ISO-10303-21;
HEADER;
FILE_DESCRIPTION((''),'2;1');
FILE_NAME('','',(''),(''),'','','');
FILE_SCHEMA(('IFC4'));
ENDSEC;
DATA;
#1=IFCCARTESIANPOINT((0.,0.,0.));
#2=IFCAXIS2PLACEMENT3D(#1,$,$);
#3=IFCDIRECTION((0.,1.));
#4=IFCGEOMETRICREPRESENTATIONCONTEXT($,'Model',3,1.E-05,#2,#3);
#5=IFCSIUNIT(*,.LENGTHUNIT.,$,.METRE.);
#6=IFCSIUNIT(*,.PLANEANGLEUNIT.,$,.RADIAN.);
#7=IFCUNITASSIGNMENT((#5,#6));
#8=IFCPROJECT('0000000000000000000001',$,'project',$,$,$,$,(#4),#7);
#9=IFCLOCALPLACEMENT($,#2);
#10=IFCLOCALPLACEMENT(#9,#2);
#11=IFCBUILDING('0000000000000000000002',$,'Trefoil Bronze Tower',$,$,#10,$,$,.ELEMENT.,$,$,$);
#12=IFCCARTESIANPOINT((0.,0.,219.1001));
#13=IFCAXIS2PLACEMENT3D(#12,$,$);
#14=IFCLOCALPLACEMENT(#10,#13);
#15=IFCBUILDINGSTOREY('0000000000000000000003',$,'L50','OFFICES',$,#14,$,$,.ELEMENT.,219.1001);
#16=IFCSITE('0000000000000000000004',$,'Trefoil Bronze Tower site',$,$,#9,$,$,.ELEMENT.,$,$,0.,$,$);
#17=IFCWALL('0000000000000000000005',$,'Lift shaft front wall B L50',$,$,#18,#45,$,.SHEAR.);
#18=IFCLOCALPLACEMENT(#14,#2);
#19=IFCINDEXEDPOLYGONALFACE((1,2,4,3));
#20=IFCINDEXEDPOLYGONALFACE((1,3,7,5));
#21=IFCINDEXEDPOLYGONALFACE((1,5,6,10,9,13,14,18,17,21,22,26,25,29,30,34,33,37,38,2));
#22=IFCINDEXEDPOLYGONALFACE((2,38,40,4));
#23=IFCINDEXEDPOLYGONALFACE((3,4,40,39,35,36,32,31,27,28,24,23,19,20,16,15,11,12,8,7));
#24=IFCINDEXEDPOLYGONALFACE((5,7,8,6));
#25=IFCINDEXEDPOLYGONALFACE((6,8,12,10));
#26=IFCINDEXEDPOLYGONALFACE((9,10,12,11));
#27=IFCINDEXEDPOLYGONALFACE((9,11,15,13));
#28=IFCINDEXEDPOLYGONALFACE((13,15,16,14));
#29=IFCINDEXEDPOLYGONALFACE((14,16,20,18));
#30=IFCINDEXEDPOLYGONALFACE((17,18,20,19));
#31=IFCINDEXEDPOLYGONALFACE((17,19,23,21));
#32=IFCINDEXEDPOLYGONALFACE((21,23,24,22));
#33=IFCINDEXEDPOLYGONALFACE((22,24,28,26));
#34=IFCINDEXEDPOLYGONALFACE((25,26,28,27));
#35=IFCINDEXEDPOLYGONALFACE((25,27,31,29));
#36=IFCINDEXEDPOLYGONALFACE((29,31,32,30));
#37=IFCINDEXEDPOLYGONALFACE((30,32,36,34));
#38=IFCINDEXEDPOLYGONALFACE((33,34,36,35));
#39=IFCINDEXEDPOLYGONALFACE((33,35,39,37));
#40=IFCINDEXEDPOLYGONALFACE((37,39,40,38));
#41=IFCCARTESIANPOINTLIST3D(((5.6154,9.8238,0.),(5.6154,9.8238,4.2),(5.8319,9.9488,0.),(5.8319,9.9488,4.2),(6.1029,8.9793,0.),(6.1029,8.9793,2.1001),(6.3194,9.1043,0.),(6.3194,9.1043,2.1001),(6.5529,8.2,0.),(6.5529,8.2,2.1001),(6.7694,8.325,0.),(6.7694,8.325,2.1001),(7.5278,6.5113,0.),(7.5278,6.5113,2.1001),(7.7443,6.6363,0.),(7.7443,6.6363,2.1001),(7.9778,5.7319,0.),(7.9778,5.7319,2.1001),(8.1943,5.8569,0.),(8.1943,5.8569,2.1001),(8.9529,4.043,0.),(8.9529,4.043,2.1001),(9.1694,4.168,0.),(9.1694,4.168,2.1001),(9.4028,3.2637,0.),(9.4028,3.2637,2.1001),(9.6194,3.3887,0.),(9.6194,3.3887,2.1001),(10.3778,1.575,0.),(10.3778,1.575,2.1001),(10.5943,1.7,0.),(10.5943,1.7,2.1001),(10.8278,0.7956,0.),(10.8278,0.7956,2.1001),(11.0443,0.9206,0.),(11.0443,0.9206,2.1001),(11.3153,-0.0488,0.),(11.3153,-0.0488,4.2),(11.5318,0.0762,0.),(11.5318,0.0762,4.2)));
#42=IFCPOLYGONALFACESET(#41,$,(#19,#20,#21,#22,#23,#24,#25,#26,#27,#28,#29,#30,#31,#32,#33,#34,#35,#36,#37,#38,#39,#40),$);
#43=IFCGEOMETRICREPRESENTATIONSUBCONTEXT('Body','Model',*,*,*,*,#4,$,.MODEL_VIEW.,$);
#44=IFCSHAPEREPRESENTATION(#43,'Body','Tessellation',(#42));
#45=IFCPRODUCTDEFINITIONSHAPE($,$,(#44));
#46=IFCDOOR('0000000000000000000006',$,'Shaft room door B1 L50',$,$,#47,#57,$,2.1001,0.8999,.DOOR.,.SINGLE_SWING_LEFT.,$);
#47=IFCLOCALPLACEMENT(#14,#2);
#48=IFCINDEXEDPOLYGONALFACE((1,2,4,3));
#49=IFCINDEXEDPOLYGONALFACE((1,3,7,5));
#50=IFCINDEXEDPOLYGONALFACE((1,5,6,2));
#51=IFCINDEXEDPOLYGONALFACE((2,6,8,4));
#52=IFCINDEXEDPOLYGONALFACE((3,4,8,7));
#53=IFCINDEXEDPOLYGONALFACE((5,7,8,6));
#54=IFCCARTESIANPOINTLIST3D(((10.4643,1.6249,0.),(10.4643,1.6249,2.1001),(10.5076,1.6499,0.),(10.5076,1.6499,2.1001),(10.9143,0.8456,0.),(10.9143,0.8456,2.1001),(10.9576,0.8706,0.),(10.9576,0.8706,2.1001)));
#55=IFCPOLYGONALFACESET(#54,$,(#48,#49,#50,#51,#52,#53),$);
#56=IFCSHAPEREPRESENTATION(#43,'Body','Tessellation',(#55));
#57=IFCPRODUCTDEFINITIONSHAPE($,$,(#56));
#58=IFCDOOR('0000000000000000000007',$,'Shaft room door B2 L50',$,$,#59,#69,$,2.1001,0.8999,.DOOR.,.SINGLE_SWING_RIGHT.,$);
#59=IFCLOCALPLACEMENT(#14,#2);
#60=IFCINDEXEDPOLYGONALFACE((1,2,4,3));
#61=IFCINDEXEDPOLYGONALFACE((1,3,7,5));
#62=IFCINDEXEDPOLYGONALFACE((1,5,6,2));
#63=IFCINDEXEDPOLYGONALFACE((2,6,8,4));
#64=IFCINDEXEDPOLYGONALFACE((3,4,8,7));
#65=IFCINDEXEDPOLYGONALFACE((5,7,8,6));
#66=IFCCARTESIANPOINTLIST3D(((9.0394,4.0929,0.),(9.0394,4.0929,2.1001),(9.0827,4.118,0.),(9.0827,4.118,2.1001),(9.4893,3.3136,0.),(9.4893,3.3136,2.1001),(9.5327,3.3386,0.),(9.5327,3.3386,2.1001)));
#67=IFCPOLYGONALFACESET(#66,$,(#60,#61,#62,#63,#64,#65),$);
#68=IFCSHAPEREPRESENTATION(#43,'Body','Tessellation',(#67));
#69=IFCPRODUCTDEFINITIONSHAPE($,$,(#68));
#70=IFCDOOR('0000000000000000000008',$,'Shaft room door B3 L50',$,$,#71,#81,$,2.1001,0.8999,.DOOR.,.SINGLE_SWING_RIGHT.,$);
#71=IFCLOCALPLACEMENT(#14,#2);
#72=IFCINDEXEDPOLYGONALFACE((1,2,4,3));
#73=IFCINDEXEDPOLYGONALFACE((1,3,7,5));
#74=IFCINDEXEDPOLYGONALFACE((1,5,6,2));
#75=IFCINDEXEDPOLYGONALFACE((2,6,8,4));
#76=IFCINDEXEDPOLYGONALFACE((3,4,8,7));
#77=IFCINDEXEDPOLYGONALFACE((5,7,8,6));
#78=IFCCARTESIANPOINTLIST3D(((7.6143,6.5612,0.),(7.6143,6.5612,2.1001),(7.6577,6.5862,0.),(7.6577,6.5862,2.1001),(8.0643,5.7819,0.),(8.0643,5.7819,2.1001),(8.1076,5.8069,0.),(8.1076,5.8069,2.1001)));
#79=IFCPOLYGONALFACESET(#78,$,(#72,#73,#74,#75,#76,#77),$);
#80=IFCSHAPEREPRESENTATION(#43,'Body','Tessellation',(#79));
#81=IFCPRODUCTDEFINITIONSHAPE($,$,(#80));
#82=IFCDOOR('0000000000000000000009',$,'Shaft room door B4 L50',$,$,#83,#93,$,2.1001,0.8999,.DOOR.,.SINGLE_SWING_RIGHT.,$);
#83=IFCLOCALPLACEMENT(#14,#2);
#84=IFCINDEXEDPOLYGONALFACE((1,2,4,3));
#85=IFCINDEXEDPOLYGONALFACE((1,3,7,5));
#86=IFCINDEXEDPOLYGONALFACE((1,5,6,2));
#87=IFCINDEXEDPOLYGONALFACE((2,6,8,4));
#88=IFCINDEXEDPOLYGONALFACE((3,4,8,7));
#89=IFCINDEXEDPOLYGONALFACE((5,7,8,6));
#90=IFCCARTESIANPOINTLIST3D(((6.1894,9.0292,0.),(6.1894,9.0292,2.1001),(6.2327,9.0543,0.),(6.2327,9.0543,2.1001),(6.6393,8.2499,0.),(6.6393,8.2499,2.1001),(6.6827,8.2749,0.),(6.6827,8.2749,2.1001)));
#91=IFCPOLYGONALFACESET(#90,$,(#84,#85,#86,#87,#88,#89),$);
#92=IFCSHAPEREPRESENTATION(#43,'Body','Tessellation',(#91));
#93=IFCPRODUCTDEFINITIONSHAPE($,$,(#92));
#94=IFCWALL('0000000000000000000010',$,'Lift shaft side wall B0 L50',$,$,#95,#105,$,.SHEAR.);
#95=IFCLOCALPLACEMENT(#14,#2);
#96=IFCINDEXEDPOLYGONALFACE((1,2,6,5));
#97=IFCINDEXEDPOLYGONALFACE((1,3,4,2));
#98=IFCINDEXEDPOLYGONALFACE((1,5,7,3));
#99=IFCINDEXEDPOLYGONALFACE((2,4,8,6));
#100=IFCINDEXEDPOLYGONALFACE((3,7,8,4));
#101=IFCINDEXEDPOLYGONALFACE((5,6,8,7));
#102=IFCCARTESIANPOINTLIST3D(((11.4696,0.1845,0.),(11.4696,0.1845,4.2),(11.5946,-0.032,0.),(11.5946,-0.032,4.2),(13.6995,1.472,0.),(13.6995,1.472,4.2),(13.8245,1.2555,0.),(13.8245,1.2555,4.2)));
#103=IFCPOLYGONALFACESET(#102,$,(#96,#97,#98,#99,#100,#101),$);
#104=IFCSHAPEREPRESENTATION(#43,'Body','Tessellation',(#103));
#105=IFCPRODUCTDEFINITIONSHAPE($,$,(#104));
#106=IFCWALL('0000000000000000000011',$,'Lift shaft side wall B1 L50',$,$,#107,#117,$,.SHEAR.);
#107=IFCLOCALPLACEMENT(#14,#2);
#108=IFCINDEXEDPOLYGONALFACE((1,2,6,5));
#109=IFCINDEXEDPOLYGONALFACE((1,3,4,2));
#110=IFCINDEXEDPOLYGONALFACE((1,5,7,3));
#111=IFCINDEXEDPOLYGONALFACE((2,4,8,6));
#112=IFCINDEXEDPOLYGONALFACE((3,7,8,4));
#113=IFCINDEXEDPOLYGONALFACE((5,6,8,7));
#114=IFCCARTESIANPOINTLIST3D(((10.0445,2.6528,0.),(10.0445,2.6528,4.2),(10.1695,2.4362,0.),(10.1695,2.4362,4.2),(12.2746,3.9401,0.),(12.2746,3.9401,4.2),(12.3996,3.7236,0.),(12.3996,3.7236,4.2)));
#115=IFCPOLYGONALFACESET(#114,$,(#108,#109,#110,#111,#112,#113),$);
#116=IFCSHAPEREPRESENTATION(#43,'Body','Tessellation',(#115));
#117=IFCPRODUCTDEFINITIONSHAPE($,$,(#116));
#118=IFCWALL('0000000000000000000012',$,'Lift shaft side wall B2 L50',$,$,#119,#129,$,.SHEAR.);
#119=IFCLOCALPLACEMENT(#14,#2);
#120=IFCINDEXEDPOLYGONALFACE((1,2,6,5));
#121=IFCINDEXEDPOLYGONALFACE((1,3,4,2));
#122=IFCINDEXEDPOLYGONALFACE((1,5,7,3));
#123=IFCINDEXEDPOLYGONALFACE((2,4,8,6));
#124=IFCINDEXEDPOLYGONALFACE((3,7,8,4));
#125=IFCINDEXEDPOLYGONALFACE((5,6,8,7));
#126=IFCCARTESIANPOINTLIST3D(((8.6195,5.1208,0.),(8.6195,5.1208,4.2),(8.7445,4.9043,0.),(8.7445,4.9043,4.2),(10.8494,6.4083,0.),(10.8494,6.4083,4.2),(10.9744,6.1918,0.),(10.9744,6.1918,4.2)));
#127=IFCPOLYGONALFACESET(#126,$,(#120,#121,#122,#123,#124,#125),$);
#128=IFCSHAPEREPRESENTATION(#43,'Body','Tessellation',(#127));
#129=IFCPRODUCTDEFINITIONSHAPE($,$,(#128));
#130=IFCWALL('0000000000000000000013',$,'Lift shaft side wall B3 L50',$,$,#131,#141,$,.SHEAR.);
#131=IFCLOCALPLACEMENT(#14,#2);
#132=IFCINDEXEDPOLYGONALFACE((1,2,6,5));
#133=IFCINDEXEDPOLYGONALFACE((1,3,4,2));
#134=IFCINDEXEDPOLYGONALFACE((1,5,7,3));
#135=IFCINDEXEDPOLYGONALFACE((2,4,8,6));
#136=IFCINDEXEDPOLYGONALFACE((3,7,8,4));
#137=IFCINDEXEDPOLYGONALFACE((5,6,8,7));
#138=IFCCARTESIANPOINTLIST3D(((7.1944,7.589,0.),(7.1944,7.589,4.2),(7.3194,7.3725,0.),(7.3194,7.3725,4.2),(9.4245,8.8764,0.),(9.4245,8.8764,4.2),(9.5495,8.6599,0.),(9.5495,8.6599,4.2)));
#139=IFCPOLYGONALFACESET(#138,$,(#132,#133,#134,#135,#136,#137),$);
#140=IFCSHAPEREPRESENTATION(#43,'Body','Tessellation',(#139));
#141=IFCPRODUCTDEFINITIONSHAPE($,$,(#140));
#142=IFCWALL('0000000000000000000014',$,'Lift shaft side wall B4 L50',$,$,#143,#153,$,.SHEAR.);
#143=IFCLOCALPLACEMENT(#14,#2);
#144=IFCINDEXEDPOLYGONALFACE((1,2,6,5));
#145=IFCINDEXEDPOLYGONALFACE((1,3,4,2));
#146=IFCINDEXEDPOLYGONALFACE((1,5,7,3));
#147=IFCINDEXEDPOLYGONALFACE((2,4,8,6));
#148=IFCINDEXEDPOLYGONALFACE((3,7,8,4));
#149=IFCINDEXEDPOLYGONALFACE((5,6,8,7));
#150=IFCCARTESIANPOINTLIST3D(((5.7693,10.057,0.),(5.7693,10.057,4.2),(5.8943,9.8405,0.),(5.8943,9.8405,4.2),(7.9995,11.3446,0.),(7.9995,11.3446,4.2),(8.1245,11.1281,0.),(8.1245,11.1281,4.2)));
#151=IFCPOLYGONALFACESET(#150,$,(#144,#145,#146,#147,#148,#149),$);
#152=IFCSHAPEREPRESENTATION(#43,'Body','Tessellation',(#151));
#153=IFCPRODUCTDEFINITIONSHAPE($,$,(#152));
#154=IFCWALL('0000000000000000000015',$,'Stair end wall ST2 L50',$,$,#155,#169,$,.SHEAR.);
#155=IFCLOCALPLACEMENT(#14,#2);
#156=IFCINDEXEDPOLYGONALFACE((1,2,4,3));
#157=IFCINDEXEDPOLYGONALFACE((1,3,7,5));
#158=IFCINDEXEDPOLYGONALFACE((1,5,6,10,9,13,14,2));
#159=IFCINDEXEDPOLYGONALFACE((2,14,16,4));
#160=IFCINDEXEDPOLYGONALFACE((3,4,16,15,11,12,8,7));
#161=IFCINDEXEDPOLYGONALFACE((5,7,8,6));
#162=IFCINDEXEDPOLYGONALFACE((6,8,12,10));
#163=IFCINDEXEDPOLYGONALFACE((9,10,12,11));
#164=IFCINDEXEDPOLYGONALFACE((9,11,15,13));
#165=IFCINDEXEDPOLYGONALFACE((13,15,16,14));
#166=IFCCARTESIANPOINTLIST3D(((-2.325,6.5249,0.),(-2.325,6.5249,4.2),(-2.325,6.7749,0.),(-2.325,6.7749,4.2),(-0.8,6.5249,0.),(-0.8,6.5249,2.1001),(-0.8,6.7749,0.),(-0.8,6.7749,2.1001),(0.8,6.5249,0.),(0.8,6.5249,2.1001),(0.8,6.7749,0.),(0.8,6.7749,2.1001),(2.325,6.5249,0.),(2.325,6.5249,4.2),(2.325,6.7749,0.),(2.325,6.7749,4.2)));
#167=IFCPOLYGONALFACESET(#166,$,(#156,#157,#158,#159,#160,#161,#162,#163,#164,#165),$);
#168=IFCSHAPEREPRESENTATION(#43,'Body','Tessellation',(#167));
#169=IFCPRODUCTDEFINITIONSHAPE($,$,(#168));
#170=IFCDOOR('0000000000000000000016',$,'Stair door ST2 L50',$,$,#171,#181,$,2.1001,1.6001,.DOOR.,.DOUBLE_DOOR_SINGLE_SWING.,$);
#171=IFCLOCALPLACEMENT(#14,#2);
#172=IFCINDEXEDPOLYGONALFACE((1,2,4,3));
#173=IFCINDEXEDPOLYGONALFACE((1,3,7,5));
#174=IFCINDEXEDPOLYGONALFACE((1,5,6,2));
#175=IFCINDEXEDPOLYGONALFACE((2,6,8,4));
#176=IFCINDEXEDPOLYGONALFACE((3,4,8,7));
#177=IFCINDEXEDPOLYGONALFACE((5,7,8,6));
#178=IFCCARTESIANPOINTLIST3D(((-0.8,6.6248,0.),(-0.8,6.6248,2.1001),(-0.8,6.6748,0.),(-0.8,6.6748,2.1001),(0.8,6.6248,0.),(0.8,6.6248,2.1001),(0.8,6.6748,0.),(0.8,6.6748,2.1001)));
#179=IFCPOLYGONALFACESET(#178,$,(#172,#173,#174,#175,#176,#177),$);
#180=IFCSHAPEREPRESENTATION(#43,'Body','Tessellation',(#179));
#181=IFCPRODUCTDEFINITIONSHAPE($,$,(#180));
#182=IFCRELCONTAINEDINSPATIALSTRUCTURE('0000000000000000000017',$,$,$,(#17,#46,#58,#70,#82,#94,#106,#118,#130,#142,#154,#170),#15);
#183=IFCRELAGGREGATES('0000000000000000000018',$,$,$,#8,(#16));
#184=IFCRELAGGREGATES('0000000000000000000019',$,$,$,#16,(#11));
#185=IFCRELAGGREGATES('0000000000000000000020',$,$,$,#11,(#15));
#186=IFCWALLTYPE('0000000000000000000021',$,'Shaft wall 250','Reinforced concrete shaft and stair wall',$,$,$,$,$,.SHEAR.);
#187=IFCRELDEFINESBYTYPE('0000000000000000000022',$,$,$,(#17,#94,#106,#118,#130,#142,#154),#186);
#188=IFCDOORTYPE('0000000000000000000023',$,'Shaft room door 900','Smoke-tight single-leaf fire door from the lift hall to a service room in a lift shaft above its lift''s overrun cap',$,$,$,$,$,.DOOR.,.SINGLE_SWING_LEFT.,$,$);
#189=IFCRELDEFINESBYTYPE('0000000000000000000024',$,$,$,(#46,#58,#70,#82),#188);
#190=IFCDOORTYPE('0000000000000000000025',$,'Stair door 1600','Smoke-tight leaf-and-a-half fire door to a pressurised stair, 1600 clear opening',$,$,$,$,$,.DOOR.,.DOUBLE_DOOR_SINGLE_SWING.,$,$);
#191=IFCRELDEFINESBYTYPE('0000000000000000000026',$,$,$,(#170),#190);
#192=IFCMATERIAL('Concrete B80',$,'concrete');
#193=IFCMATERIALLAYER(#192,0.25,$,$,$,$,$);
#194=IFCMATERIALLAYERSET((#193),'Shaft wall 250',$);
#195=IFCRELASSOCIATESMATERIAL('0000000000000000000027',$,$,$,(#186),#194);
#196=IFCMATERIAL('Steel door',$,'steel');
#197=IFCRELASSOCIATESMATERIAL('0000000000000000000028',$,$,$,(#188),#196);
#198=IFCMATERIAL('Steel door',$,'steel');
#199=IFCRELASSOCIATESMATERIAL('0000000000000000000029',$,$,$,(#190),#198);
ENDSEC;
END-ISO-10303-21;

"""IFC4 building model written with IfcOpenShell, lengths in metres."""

from ifc_helpers import new_model, si_unit, direction, frame, frame_2d, origin, place, context, subcontext, project, spatial, rectangle, extrude, material, layer, layer_set, type_object, element, fill, save


model = new_model("IFC4")

# Units and contexts
model_context = context("Model", 3, precision=1e-05, world=origin(), true_north=direction((0.0, 1.0)))
body_context = subcontext(model_context, "Body", "Model", "MODEL_VIEW")
ifc_project = project(units=[si_unit("LENGTHUNIT", "METRE"), si_unit("PLANEANGLEUNIT", "RADIAN")], contexts=[model_context])

# Site, building, storey
site_placement = place(None, origin())
site = spatial("IfcSite", under=ifc_project, at=site_placement, Name="Trefoil Bronze Tower site", CompositionType="ELEMENT", RefElevation=0.0)
building_placement = place(site_placement, origin())
building = spatial("IfcBuilding", under=site, at=building_placement, Name="Trefoil Bronze Tower", CompositionType="ELEMENT")
storey_placement = place(building_placement, frame((0.0, 0.0, 219.1001)))
storey = spatial("IfcBuildingStorey", under=building, at=storey_placement, Name="L50", Description="OFFICES", CompositionType="ELEMENT", Elevation=219.1001)

# Wall, openings, doors
ifc_material_1 = material(Name="Concrete B80", Category="concrete")
ifc_layer_1 = layer(ifc_material_1, 0.25)
ifc_layer_set_1 = layer_set([ifc_layer_1], Name="Shaft wall 250")
wall_type_1 = type_object("IfcWallType", Name="Shaft wall 250", Description="Reinforced concrete shaft and stair wall", PredefinedType="SHEAR", material=ifc_layer_set_1)
wall_1_placement = place(storey_placement, frame((11.4236, 0.0137, 0.0), z_axis=(0.0, 0.0, 1.0), x_axis=(-0.500002, 0.866024, 0.0)))
wall_1 = element("IfcWall", 1, at=wall_1_placement, inside=storey, type_object=wall_type_1, Name="Lift shaft front wall B L50", PredefinedType="SHEAR", context=body_context, shape_type="SweptSolid", body=[
    extrude(rectangle(XDim=11.3999, YDim=0.25, at=frame_2d((5.7, 0.0))), origin(), (0.0, 0.0, 1.0), 4.2),
])
opening_1_placement = place(wall_1_placement, frame((0.9751, 0.0, 0.0)))
opening_1 = element("IfcOpeningElement", 2, at=opening_1_placement, cuts=wall_1, PredefinedType="OPENING", context=body_context, shape_type="SweptSolid", body=[
    extrude(rectangle(XDim=0.8999, YDim=2.1001, at=frame_2d((0.45, 1.05))), frame((0.0, 0.135, 0.0), z_axis=(0.0, -1.0, 0.0), x_axis=(1.0, 0.0, 0.0)), (0.0, 0.0, 1.0), 0.27),
])
opening_2_placement = place(wall_1_placement, frame((3.825, 0.0, 0.0)))
opening_2 = element("IfcOpeningElement", 3, at=opening_2_placement, cuts=wall_1, PredefinedType="OPENING", context=body_context, shape_type="SweptSolid", body=[
    extrude(rectangle(XDim=0.8999, YDim=2.1001, at=frame_2d((0.45, 1.05))), frame((0.0, 0.135, 0.0), z_axis=(0.0, -1.0, 0.0), x_axis=(1.0, 0.0, 0.0)), (0.0, 0.0, 1.0), 0.27),
])
opening_3_placement = place(wall_1_placement, frame((6.675, 0.0, 0.0)))
opening_3 = element("IfcOpeningElement", 4, at=opening_3_placement, cuts=wall_1, PredefinedType="OPENING", context=body_context, shape_type="SweptSolid", body=[
    extrude(rectangle(XDim=0.8999, YDim=2.1001, at=frame_2d((0.45, 1.05))), frame((0.0, 0.135, 0.0), z_axis=(0.0, -1.0, 0.0), x_axis=(1.0, 0.0, 0.0)), (0.0, 0.0, 1.0), 0.27),
])
opening_4_placement = place(wall_1_placement, frame((9.5249, 0.0, 0.0)))
opening_4 = element("IfcOpeningElement", 5, at=opening_4_placement, cuts=wall_1, PredefinedType="OPENING", context=body_context, shape_type="SweptSolid", body=[
    extrude(rectangle(XDim=0.8999, YDim=2.1001, at=frame_2d((0.45, 1.05))), frame((0.0, 0.135, 0.0), z_axis=(0.0, -1.0, 0.0), x_axis=(1.0, 0.0, 0.0)), (0.0, 0.0, 1.0), 0.27),
])
ifc_material_2 = material(Name="Steel door", Category="steel")
door_type_1 = type_object("IfcDoorType", Name="Shaft room door 900", Description="Smoke-tight single-leaf fire door from the lift hall to a service room in a lift shaft above its lift's overrun cap", OperationType="SINGLE_SWING_LEFT", PredefinedType="DOOR", material=ifc_material_2)
door_1_placement = place(opening_1_placement, frame((0.8999, 0.0, 0.0), z_axis=(0.0, 0.0, 1.0), x_axis=(-1.0, 0.0, 0.0)))
door_1 = element("IfcDoor", 6, at=door_1_placement, inside=storey, type_object=door_type_1, Name="Shaft room door B1 L50", OperationType="SINGLE_SWING_LEFT", OverallHeight=2.1001, OverallWidth=0.8999, PredefinedType="DOOR", context=body_context, shape_type="SweptSolid", body=[
    extrude(rectangle(XDim=0.8999, YDim=2.1001, at=frame_2d((0.45, 1.05))), frame((0.0, 0.0249, 0.0), z_axis=(0.0, -1.0, 0.0), x_axis=(1.0, 0.0, 0.0)), (0.0, 0.0, 1.0), 0.05),
])
fill(opening_1, door_1)
door_2_placement = place(opening_2_placement, frame((0.8999, 0.0, 0.0), z_axis=(0.0, 0.0, 1.0), x_axis=(-1.0, 0.0, 0.0)))
door_2 = element("IfcDoor", 7, at=door_2_placement, inside=storey, type_object=door_type_1, Name="Shaft room door B2 L50", OperationType="SINGLE_SWING_RIGHT", OverallHeight=2.1001, OverallWidth=0.8999, PredefinedType="DOOR", context=body_context, shape_type="SweptSolid", body=[
    extrude(rectangle(XDim=0.8999, YDim=2.1001, at=frame_2d((0.45, 1.05))), frame((0.0, 0.0249, 0.0), z_axis=(0.0, -1.0, 0.0), x_axis=(1.0, 0.0, 0.0)), (0.0, 0.0, 1.0), 0.05),
])
fill(opening_2, door_2)
door_3_placement = place(opening_3_placement, frame((0.8999, 0.0, 0.0), z_axis=(0.0, 0.0, 1.0), x_axis=(-1.0, 0.0, 0.0)))
door_3 = element("IfcDoor", 8, at=door_3_placement, inside=storey, type_object=door_type_1, Name="Shaft room door B3 L50", OperationType="SINGLE_SWING_RIGHT", OverallHeight=2.1001, OverallWidth=0.8999, PredefinedType="DOOR", context=body_context, shape_type="SweptSolid", body=[
    extrude(rectangle(XDim=0.8999, YDim=2.1001, at=frame_2d((0.45, 1.05))), frame((0.0, 0.0249, 0.0), z_axis=(0.0, -1.0, 0.0), x_axis=(1.0, 0.0, 0.0)), (0.0, 0.0, 1.0), 0.05),
])
fill(opening_3, door_3)
door_4_placement = place(opening_4_placement, frame((0.8999, 0.0, 0.0), z_axis=(0.0, 0.0, 1.0), x_axis=(-1.0, 0.0, 0.0)))
door_4 = element("IfcDoor", 9, at=door_4_placement, inside=storey, type_object=door_type_1, Name="Shaft room door B4 L50", OperationType="SINGLE_SWING_RIGHT", OverallHeight=2.1001, OverallWidth=0.8999, PredefinedType="DOOR", context=body_context, shape_type="SweptSolid", body=[
    extrude(rectangle(XDim=0.8999, YDim=2.1001, at=frame_2d((0.45, 1.05))), frame((0.0, 0.0249, 0.0), z_axis=(0.0, -1.0, 0.0), x_axis=(1.0, 0.0, 0.0)), (0.0, 0.0, 1.0), 0.05),
])
fill(opening_4, door_4)

# Walls
for number, where, z_axis, x_axis, name in (
    (10, (11.532, 0.0762, 0.0), (0.0, 0.0, 1.0), (0.866006, 0.500034, 0.0), "Lift shaft side wall B0 L50"),
    (11, (10.1069, 2.5444, 0.0), (0.0, 0.0, 1.0), (0.866047, 0.499963, 0.0), "Lift shaft side wall B1 L50"),
    (12, (8.6819, 5.0125, 0.0), (0.0, 0.0, 1.0), (0.866006, 0.500034, 0.0), "Lift shaft side wall B2 L50"),
    (13, (7.2568, 7.4807, 0.0), (0.0, 0.0, 1.0), (0.866047, 0.499963, 0.0), "Lift shaft side wall B3 L50"),
):
    element("IfcWall", number, at=place(storey_placement, frame(where, z_axis=z_axis, x_axis=x_axis)), inside=storey, type_object=wall_type_1, Name=name, PredefinedType="SHEAR", context=body_context, shape_type="SweptSolid", body=[
        extrude(rectangle(XDim=2.575, YDim=0.25, at=frame_2d((1.2876, 0.0))), origin(), (0.0, 0.0, 1.0), 4.2),
    ])
wall_2_placement = place(storey_placement, frame((5.8318, 9.9487, 0.0), z_axis=(0.0, 0.0, 1.0), x_axis=(0.866029, 0.499993, 0.0)))
element("IfcWall", 14, at=wall_2_placement, inside=storey, type_object=wall_type_1, Name="Lift shaft side wall B4 L50", PredefinedType="SHEAR", context=body_context, shape_type="SweptSolid", body=[
    extrude(rectangle(XDim=2.5752, YDim=0.25, at=frame_2d((1.2876, 0.0))), origin(), (0.0, 0.0, 1.0), 4.2),
])

# Wall, opening, door
wall_3_placement = place(storey_placement, frame((2.325, 6.6499, 0.0), z_axis=(0.0, 0.0, 1.0), x_axis=(-1.0, 0.0, 0.0)))
wall_3 = element("IfcWall", 15, at=wall_3_placement, inside=storey, type_object=wall_type_1, Name="Stair end wall ST2 L50", PredefinedType="SHEAR", context=body_context, shape_type="SweptSolid", body=[
    extrude(rectangle(XDim=4.6499, YDim=0.25, at=frame_2d((2.325, 0.0))), origin(), (0.0, 0.0, 1.0), 4.2),
])
opening_5_placement = place(wall_3_placement, frame((1.5249, 0.0, 0.0)))
opening_5 = element("IfcOpeningElement", 16, at=opening_5_placement, cuts=wall_3, PredefinedType="OPENING", context=body_context, shape_type="SweptSolid", body=[
    extrude(rectangle(XDim=1.6001, YDim=2.1001, at=frame_2d((0.8, 1.05))), frame((0.0, 0.135, 0.0), z_axis=(0.0, -1.0, 0.0), x_axis=(1.0, 0.0, 0.0)), (0.0, 0.0, 1.0), 0.27),
])
ifc_material_3 = material(Name="Steel door", Category="steel")
door_type_2 = type_object("IfcDoorType", Name="Stair door 1600", Description="Smoke-tight leaf-and-a-half fire door to a pressurised stair, 1600 clear opening", OperationType="DOUBLE_DOOR_SINGLE_SWING", PredefinedType="DOOR", material=ifc_material_3)
door_5_placement = place(opening_5_placement, frame((1.6001, 0.0, 0.0), z_axis=(0.0, 0.0, 1.0), x_axis=(-1.0, 0.0, 0.0)))
door_5 = element("IfcDoor", 17, at=door_5_placement, inside=storey, type_object=door_type_2, Name="Stair door ST2 L50", OperationType="DOUBLE_DOOR_SINGLE_SWING", OverallHeight=2.1001, OverallWidth=1.6001, PredefinedType="DOOR", context=body_context, shape_type="SweptSolid", body=[
    extrude(rectangle(XDim=1.6001, YDim=2.1001, at=frame_2d((0.8, 1.05))), frame((0.0, 0.0249, 0.0), z_axis=(0.0, -1.0, 0.0), x_axis=(1.0, 0.0, 0.0)), (0.0, 0.0, 1.0), 0.05),
])
fill(opening_5, door_5)

save(model, "model.ifc")
